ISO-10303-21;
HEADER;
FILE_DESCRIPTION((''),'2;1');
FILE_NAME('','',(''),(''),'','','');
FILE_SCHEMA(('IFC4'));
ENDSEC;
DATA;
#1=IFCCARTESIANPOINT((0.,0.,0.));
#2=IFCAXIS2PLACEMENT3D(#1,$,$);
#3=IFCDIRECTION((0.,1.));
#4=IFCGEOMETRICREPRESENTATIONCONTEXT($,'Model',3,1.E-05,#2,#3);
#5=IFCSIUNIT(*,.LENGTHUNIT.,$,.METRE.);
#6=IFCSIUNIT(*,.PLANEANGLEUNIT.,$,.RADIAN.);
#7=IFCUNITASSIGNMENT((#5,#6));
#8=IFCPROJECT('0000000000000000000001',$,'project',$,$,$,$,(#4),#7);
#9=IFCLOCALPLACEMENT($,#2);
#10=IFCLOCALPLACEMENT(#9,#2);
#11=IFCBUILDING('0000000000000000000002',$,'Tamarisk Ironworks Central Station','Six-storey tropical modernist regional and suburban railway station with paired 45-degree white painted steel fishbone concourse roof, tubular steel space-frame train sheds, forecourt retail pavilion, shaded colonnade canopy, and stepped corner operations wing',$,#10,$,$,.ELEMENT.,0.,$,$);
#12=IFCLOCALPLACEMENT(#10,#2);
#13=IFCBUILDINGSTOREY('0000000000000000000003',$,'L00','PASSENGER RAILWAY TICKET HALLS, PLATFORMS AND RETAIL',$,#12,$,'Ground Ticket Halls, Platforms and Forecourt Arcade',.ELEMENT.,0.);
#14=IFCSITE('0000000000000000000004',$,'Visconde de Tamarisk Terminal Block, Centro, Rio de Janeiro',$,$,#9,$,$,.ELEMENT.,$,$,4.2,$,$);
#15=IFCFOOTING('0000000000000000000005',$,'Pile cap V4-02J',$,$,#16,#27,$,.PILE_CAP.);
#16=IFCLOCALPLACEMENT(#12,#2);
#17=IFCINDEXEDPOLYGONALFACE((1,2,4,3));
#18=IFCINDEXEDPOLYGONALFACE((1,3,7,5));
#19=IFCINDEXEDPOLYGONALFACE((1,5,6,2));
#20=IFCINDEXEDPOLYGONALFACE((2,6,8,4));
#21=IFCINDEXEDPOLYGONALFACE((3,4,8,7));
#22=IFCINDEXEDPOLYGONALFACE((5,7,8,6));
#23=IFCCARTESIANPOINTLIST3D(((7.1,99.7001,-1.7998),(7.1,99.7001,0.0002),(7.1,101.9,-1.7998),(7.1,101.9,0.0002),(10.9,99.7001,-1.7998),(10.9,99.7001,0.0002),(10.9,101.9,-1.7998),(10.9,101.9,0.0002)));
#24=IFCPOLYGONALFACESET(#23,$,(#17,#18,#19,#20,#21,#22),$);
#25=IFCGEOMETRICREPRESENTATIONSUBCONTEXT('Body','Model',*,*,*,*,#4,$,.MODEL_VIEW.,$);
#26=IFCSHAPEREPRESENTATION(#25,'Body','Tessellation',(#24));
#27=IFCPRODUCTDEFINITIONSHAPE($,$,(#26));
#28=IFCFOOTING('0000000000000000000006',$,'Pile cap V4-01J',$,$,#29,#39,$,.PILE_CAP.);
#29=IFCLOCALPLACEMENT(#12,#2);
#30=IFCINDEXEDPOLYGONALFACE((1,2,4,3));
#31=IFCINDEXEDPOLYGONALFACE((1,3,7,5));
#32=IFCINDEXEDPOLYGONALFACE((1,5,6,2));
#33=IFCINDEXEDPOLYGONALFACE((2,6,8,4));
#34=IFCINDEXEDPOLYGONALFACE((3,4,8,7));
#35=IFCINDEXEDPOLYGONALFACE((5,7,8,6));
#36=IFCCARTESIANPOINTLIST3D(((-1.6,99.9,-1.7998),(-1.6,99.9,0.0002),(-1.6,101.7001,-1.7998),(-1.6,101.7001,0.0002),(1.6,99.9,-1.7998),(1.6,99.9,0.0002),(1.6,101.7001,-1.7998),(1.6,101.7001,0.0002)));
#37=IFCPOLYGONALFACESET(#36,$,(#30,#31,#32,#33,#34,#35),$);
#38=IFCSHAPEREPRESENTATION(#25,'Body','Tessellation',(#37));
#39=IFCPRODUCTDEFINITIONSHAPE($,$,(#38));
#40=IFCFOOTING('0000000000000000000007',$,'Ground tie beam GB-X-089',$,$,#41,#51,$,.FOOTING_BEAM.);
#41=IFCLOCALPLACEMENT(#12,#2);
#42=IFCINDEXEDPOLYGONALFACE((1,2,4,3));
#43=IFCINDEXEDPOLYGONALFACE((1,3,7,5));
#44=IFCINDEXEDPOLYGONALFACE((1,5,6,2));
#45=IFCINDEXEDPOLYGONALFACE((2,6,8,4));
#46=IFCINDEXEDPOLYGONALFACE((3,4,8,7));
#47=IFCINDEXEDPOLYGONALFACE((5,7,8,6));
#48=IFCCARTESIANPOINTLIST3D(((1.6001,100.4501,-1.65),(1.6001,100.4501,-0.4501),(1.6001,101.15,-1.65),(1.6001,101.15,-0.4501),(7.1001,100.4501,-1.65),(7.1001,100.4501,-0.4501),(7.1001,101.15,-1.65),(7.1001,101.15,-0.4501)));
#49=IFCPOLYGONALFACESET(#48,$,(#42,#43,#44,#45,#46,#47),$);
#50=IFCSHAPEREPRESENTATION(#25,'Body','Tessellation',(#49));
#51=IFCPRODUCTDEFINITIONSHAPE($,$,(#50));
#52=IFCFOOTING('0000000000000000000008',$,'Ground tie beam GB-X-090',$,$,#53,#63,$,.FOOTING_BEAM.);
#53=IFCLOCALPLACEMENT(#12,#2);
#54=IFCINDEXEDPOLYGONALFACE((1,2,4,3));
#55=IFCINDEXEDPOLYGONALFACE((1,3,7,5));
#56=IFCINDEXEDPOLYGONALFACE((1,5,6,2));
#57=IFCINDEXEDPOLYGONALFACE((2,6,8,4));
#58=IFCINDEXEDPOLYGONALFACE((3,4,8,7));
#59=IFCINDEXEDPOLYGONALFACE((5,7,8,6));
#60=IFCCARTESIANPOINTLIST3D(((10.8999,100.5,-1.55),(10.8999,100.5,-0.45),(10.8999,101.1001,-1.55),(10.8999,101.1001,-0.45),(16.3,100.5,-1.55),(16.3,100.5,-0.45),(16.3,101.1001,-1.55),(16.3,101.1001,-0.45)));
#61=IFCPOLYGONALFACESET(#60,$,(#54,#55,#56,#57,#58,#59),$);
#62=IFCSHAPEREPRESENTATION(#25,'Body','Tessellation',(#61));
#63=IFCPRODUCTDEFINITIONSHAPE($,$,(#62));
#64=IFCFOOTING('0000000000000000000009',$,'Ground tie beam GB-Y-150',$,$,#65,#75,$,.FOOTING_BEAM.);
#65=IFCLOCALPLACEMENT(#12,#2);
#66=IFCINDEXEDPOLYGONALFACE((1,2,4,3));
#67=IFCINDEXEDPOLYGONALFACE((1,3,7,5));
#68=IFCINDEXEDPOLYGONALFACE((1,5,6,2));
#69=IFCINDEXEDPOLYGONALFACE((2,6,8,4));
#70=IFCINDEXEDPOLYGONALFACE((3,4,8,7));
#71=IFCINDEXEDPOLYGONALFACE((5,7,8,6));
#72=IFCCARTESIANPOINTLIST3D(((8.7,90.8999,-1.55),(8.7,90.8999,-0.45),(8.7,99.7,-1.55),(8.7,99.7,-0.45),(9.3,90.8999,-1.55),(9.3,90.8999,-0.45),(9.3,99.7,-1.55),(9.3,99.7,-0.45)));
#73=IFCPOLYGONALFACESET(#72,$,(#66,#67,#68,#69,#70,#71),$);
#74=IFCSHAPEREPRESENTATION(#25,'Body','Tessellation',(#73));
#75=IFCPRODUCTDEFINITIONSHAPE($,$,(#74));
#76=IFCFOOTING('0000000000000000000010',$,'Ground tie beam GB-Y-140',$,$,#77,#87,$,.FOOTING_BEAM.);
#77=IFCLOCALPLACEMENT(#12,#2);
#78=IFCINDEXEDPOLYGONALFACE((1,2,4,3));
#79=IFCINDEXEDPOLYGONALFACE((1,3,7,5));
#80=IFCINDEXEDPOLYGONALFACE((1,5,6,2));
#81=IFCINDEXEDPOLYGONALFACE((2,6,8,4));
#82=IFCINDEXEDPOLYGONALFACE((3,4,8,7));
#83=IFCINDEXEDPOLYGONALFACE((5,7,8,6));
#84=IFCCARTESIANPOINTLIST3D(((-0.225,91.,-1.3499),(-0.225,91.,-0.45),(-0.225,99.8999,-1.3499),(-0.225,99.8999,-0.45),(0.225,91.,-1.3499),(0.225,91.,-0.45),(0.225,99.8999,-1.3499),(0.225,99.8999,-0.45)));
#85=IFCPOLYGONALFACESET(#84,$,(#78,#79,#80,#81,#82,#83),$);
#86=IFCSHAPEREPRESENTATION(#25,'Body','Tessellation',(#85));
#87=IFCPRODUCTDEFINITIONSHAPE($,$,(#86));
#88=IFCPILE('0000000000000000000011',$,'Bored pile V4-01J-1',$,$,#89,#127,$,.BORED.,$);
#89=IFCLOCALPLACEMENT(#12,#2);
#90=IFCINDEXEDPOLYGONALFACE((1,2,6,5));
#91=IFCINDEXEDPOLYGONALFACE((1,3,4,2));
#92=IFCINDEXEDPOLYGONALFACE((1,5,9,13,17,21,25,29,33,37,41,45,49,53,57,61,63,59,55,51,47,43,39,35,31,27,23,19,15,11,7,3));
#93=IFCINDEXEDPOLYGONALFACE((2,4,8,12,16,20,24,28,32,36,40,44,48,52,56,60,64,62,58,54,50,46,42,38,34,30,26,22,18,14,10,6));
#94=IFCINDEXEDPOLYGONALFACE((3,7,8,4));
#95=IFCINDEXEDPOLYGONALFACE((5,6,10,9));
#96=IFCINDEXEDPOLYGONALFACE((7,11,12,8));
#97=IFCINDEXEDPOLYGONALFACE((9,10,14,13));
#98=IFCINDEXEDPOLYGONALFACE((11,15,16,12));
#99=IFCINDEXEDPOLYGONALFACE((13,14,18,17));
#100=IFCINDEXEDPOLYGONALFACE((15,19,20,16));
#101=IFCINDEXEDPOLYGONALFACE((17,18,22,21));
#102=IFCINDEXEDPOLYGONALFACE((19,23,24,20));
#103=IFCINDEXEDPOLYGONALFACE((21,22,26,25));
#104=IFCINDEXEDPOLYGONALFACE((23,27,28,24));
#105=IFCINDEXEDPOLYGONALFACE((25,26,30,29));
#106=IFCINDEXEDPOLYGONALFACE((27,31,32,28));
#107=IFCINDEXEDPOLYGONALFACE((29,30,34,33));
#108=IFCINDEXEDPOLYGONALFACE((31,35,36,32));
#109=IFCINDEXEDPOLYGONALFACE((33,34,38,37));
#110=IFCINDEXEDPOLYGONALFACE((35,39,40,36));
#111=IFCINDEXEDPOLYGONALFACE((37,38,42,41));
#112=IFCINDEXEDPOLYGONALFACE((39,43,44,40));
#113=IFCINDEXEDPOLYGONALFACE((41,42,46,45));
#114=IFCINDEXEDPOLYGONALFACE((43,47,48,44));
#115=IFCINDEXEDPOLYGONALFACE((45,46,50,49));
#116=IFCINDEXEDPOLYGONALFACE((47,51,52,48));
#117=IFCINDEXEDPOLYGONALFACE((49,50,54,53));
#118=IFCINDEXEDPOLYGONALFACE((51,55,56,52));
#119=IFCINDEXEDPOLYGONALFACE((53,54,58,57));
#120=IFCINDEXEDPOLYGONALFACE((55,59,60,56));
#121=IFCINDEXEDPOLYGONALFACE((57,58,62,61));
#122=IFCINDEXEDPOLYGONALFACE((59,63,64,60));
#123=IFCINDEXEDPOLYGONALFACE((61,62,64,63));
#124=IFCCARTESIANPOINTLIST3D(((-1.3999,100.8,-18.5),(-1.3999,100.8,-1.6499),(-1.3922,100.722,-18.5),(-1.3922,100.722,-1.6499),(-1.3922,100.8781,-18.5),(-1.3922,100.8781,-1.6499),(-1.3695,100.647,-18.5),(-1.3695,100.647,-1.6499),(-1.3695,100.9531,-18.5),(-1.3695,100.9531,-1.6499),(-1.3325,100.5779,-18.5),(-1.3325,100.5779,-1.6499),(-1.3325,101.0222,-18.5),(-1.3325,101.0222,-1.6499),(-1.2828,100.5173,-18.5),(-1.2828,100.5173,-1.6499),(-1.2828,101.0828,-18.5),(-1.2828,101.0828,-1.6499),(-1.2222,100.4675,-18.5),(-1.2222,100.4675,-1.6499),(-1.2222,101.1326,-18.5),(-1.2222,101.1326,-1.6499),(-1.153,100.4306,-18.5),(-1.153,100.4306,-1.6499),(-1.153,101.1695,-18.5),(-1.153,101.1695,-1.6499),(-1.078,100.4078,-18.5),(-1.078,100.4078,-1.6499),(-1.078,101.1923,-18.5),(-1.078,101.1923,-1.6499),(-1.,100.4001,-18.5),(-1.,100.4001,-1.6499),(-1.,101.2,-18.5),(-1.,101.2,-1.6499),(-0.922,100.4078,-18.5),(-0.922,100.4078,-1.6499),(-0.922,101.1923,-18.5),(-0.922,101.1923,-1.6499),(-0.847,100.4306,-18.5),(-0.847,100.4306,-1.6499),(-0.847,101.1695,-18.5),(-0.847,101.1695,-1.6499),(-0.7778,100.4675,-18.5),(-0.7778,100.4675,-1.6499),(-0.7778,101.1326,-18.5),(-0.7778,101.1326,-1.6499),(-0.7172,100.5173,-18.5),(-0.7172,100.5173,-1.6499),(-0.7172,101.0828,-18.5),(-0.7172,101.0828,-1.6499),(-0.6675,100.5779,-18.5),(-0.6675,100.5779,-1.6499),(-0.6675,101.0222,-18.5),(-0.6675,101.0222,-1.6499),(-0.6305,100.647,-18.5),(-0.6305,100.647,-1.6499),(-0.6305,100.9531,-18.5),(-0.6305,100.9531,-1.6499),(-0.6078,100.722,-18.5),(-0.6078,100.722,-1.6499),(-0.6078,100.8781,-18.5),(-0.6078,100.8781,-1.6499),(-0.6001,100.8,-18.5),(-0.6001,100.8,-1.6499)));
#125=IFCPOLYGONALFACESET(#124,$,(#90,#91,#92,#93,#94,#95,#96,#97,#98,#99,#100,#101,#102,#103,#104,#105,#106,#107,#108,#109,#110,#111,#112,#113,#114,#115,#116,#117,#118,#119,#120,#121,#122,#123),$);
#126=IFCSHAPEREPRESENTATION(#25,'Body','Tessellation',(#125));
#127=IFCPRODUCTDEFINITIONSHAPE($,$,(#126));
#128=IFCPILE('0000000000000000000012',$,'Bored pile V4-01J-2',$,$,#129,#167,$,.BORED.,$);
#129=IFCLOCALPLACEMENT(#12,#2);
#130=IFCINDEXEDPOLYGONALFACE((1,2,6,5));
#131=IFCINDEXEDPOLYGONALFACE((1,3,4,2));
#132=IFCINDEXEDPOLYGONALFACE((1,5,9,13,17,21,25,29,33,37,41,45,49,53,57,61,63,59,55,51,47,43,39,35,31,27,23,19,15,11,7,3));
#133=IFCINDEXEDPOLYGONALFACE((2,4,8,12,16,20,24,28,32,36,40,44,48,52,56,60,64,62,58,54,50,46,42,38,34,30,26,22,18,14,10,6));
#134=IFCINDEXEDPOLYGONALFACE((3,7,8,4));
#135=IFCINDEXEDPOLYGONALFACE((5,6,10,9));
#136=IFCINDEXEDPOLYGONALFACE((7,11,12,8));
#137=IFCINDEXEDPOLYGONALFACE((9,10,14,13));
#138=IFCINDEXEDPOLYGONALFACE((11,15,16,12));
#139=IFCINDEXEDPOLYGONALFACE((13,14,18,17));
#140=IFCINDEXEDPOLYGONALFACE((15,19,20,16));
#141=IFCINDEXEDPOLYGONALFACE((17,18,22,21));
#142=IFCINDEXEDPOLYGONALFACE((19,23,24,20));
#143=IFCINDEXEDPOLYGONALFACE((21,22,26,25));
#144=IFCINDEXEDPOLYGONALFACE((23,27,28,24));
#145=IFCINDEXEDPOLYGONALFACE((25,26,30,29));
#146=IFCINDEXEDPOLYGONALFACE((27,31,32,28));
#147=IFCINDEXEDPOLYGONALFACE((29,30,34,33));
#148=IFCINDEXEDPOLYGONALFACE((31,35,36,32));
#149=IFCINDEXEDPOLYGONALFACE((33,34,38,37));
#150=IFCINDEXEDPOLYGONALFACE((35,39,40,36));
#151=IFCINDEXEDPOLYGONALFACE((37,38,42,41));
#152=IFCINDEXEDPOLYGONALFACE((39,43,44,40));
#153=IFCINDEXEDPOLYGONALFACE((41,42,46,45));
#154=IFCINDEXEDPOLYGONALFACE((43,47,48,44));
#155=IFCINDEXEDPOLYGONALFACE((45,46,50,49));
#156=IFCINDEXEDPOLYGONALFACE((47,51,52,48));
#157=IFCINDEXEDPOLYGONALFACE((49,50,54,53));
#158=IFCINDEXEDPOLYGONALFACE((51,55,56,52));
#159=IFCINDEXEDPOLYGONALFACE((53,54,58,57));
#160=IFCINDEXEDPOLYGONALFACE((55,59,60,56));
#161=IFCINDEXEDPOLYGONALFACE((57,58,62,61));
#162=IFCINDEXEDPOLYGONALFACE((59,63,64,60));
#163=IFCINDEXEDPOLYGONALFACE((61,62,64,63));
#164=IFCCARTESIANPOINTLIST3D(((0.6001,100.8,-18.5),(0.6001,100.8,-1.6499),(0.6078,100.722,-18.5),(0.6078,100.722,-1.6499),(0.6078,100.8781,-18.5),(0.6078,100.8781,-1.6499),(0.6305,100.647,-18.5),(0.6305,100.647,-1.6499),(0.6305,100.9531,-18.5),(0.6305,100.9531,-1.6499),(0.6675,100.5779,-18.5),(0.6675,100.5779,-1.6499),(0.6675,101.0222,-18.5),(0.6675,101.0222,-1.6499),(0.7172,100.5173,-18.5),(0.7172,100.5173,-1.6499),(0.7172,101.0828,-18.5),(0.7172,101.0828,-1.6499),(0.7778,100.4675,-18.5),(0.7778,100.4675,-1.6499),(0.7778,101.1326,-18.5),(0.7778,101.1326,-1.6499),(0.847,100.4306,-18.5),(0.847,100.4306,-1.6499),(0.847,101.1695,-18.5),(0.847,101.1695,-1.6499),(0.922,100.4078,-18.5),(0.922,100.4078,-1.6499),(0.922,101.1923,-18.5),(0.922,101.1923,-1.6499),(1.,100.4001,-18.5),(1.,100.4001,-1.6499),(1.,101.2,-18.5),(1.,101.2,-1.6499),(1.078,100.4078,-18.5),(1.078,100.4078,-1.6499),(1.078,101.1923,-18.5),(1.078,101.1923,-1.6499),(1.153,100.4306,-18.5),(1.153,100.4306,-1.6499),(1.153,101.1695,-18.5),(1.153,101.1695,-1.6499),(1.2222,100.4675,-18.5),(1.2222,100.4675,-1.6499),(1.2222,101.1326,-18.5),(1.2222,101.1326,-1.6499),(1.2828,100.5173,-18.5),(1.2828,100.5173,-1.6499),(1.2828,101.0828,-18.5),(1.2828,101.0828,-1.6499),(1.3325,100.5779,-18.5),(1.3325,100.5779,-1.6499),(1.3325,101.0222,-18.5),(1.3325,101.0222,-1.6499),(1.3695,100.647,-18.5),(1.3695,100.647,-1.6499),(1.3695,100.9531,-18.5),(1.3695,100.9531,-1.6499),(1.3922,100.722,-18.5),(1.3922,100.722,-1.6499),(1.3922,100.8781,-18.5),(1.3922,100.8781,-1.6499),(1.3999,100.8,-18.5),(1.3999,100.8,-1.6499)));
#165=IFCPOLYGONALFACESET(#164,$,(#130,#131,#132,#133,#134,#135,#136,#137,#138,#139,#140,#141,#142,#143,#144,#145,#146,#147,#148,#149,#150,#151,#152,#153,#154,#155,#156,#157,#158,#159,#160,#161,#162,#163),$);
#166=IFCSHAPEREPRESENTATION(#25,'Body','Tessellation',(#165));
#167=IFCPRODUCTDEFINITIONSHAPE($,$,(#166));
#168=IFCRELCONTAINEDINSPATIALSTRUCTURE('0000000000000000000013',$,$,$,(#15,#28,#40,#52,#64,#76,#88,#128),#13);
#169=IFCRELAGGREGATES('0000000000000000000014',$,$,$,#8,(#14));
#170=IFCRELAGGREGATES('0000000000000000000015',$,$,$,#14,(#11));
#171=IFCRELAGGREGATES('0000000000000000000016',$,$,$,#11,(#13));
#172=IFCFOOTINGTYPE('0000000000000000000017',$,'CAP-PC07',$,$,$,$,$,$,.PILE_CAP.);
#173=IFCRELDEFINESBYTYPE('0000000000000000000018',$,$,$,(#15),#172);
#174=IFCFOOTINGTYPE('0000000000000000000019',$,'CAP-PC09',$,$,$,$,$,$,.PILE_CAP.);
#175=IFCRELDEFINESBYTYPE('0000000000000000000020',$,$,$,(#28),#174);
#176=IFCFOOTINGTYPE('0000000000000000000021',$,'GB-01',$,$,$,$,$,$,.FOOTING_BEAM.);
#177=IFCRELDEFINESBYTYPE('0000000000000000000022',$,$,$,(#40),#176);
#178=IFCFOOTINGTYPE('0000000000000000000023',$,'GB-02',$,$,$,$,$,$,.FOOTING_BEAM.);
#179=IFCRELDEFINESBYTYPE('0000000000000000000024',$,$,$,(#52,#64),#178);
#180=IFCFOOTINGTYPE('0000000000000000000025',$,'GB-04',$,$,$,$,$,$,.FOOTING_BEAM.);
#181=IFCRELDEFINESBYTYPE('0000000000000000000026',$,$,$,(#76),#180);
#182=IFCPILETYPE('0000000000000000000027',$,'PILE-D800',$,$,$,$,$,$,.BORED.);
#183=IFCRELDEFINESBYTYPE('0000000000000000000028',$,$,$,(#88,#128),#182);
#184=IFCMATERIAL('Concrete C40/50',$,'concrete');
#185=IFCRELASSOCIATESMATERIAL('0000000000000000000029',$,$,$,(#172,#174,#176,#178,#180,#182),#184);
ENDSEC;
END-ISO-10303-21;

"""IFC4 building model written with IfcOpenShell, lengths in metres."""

from ifc_helpers import new_model, si_unit, direction, frame, origin, origin_2d, place, context, subcontext, project, spatial, rectangle, circle, extrude, material, material_profile, profile_set, type_object, element, save


model = new_model("IFC4")

# Units and contexts
model_context = context("Model", 3, precision=1e-05, world=origin(), true_north=direction((0.0, 1.0)))
body_context = subcontext(model_context, "Body", "Model", "MODEL_VIEW")
ifc_project = project(units=[si_unit("LENGTHUNIT", "METRE"), si_unit("PLANEANGLEUNIT", "RADIAN")], contexts=[model_context])

# Site, building, storey
site_placement = place(None, origin())
site = spatial("IfcSite", under=ifc_project, at=site_placement, Name="Visconde de Tamarisk Terminal Block, Centro, Rio de Janeiro", CompositionType="ELEMENT", RefElevation=4.2)
building_placement = place(site_placement, origin())
building = spatial("IfcBuilding", under=site, at=building_placement, Name="Tamarisk Ironworks Central Station", Description="Six-storey tropical modernist regional and suburban railway station with paired 45-degree white painted steel fishbone concourse roof, tubular steel space-frame train sheds, forecourt retail pavilion, shaded colonnade canopy, and stepped corner operations wing", CompositionType="ELEMENT", ElevationOfRefHeight=0.0)
storey_placement = place(building_placement, origin())
storey = spatial("IfcBuildingStorey", under=building, at=storey_placement, Name="L00", Description="PASSENGER RAILWAY TICKET HALLS, PLATFORMS AND RETAIL", LongName="Ground Ticket Halls, Platforms and Forecourt Arcade", CompositionType="ELEMENT", Elevation=0.0)

# Footings
ifc_material_1 = material(Name="Concrete C40/50", Category="concrete")
footing_type_1 = type_object("IfcFootingType", Name="CAP-PC07", PredefinedType="PILE_CAP", material=ifc_material_1)
footing_1_placement = place(storey_placement, frame((9.0, 100.8, -1.7998), z_axis=(0.0, 0.0, 1.0), x_axis=(1.0, 0.0, 0.0)))
element("IfcFooting", 1, at=footing_1_placement, inside=storey, type_object=footing_type_1, Name="Pile cap V4-02J", PredefinedType="PILE_CAP", context=body_context, shape_type="SweptSolid", body=[
    extrude(rectangle(XDim=3.8, YDim=2.2, at=origin_2d()), origin(), (0.0, 0.0, 1.0), 1.8),
])
footing_type_2 = type_object("IfcFootingType", Name="CAP-PC09", PredefinedType="PILE_CAP", material=ifc_material_1)
footing_2_placement = place(storey_placement, frame((0.0, 100.8, -1.7998), z_axis=(0.0, 0.0, 1.0), x_axis=(1.0, 0.0, 0.0)))
element("IfcFooting", 2, at=footing_2_placement, inside=storey, type_object=footing_type_2, Name="Pile cap V4-01J", PredefinedType="PILE_CAP", context=body_context, shape_type="SweptSolid", body=[
    extrude(rectangle(XDim=3.2, YDim=1.8, at=origin_2d()), origin(), (0.0, 0.0, 1.0), 1.8),
])
ifc_material_profile_1 = material_profile(ifc_material_1, rectangle(XDim=0.7, YDim=1.2, at=origin_2d()), Name="GB01 700x1200")
ifc_profile_set_1 = profile_set([ifc_material_profile_1], Name="Concrete C40/50")
footing_type_3 = type_object("IfcFootingType", Name="GB-01", PredefinedType="FOOTING_BEAM", material=ifc_profile_set_1)
footing_3_placement = place(storey_placement, frame((1.6001, 100.8, -1.05), z_axis=(1.0, 0.0, 0.0), x_axis=(0.0, 1.0, 0.0)))
element("IfcFooting", 3, at=footing_3_placement, inside=storey, type_object=footing_type_3, Name="Ground tie beam GB-X-089", PredefinedType="FOOTING_BEAM", context=body_context, shape_type="SweptSolid", body=[
    extrude(rectangle(XDim=0.7, YDim=1.2, at=origin_2d()), origin(), (0.0, 0.0, 1.0), 5.5),
])
ifc_material_profile_2 = material_profile(ifc_material_1, rectangle(XDim=0.6001, YDim=1.1001, at=origin_2d()), Name="GB02 600x1100")
ifc_profile_set_2 = profile_set([ifc_material_profile_2], Name="Concrete C40/50")
footing_type_4 = type_object("IfcFootingType", Name="GB-02", PredefinedType="FOOTING_BEAM", material=ifc_profile_set_2)
footing_4_placement = place(storey_placement, frame((10.8999, 100.8, -1.0), z_axis=(1.0, 0.0, 0.0), x_axis=(0.0, 1.0, 0.0)))
element("IfcFooting", 4, at=footing_4_placement, inside=storey, type_object=footing_type_4, Name="Ground tie beam GB-X-090", PredefinedType="FOOTING_BEAM", context=body_context, shape_type="SweptSolid", body=[
    extrude(rectangle(XDim=0.6001, YDim=1.1001, at=origin_2d()), origin(), (0.0, 0.0, 1.0), 5.4001),
])
footing_5_placement = place(storey_placement, frame((9.0, 90.8999, -1.0), z_axis=(0.0, 1.0, 0.0), x_axis=(-1.0, 0.0, 0.0)))
element("IfcFooting", 5, at=footing_5_placement, inside=storey, type_object=footing_type_4, Name="Ground tie beam GB-Y-150", PredefinedType="FOOTING_BEAM", context=body_context, shape_type="SweptSolid", body=[
    extrude(rectangle(XDim=0.6001, YDim=1.1001, at=origin_2d()), origin(), (0.0, 0.0, 1.0), 8.8),
])
ifc_material_profile_3 = material_profile(ifc_material_1, rectangle(XDim=0.45, YDim=0.8999, at=origin_2d()), Name="GB04 450x900")
ifc_profile_set_3 = profile_set([ifc_material_profile_3], Name="Concrete C40/50")
footing_type_5 = type_object("IfcFootingType", Name="GB-04", PredefinedType="FOOTING_BEAM", material=ifc_profile_set_3)
footing_6_placement = place(storey_placement, frame((0.0, 91.0, -0.8999), z_axis=(0.0, 1.0, 0.0), x_axis=(-1.0, 0.0, 0.0)))
element("IfcFooting", 6, at=footing_6_placement, inside=storey, type_object=footing_type_5, Name="Ground tie beam GB-Y-140", PredefinedType="FOOTING_BEAM", context=body_context, shape_type="SweptSolid", body=[
    extrude(rectangle(XDim=0.45, YDim=0.8999, at=origin_2d()), origin(), (0.0, 0.0, 1.0), 8.8999),
])

# Piles
ifc_material_profile_4 = material_profile(ifc_material_1, circle(Radius=0.3999, at=origin_2d()), Name="BORED PILE D800")
ifc_profile_set_4 = profile_set([ifc_material_profile_4], Name="Concrete C40/50")
pile_type_1 = type_object("IfcPileType", Name="PILE-D800", PredefinedType="BORED", material=ifc_profile_set_4)
for number, where, z_axis, x_axis, name in (
    (7, (-1.0, 100.8, -1.6499), (0.0, 0.0, -1.0), (1.0, 0.0, 0.0), "Bored pile V4-01J-1"),
    (8, (1.0, 100.8, -1.6499), (0.0, 0.0, -1.0), (1.0, 0.0, 0.0), "Bored pile V4-01J-2"),
):
    element("IfcPile", number, at=place(storey_placement, frame(where, z_axis=z_axis, x_axis=x_axis)), inside=storey, type_object=pile_type_1, Name=name, PredefinedType="BORED", context=body_context, shape_type="SweptSolid", body=[
        extrude(circle(Radius=0.3999, at=origin_2d()), origin(), (0.0, 0.0, 1.0), 16.8501),
    ])

save(model, "model.ifc")
